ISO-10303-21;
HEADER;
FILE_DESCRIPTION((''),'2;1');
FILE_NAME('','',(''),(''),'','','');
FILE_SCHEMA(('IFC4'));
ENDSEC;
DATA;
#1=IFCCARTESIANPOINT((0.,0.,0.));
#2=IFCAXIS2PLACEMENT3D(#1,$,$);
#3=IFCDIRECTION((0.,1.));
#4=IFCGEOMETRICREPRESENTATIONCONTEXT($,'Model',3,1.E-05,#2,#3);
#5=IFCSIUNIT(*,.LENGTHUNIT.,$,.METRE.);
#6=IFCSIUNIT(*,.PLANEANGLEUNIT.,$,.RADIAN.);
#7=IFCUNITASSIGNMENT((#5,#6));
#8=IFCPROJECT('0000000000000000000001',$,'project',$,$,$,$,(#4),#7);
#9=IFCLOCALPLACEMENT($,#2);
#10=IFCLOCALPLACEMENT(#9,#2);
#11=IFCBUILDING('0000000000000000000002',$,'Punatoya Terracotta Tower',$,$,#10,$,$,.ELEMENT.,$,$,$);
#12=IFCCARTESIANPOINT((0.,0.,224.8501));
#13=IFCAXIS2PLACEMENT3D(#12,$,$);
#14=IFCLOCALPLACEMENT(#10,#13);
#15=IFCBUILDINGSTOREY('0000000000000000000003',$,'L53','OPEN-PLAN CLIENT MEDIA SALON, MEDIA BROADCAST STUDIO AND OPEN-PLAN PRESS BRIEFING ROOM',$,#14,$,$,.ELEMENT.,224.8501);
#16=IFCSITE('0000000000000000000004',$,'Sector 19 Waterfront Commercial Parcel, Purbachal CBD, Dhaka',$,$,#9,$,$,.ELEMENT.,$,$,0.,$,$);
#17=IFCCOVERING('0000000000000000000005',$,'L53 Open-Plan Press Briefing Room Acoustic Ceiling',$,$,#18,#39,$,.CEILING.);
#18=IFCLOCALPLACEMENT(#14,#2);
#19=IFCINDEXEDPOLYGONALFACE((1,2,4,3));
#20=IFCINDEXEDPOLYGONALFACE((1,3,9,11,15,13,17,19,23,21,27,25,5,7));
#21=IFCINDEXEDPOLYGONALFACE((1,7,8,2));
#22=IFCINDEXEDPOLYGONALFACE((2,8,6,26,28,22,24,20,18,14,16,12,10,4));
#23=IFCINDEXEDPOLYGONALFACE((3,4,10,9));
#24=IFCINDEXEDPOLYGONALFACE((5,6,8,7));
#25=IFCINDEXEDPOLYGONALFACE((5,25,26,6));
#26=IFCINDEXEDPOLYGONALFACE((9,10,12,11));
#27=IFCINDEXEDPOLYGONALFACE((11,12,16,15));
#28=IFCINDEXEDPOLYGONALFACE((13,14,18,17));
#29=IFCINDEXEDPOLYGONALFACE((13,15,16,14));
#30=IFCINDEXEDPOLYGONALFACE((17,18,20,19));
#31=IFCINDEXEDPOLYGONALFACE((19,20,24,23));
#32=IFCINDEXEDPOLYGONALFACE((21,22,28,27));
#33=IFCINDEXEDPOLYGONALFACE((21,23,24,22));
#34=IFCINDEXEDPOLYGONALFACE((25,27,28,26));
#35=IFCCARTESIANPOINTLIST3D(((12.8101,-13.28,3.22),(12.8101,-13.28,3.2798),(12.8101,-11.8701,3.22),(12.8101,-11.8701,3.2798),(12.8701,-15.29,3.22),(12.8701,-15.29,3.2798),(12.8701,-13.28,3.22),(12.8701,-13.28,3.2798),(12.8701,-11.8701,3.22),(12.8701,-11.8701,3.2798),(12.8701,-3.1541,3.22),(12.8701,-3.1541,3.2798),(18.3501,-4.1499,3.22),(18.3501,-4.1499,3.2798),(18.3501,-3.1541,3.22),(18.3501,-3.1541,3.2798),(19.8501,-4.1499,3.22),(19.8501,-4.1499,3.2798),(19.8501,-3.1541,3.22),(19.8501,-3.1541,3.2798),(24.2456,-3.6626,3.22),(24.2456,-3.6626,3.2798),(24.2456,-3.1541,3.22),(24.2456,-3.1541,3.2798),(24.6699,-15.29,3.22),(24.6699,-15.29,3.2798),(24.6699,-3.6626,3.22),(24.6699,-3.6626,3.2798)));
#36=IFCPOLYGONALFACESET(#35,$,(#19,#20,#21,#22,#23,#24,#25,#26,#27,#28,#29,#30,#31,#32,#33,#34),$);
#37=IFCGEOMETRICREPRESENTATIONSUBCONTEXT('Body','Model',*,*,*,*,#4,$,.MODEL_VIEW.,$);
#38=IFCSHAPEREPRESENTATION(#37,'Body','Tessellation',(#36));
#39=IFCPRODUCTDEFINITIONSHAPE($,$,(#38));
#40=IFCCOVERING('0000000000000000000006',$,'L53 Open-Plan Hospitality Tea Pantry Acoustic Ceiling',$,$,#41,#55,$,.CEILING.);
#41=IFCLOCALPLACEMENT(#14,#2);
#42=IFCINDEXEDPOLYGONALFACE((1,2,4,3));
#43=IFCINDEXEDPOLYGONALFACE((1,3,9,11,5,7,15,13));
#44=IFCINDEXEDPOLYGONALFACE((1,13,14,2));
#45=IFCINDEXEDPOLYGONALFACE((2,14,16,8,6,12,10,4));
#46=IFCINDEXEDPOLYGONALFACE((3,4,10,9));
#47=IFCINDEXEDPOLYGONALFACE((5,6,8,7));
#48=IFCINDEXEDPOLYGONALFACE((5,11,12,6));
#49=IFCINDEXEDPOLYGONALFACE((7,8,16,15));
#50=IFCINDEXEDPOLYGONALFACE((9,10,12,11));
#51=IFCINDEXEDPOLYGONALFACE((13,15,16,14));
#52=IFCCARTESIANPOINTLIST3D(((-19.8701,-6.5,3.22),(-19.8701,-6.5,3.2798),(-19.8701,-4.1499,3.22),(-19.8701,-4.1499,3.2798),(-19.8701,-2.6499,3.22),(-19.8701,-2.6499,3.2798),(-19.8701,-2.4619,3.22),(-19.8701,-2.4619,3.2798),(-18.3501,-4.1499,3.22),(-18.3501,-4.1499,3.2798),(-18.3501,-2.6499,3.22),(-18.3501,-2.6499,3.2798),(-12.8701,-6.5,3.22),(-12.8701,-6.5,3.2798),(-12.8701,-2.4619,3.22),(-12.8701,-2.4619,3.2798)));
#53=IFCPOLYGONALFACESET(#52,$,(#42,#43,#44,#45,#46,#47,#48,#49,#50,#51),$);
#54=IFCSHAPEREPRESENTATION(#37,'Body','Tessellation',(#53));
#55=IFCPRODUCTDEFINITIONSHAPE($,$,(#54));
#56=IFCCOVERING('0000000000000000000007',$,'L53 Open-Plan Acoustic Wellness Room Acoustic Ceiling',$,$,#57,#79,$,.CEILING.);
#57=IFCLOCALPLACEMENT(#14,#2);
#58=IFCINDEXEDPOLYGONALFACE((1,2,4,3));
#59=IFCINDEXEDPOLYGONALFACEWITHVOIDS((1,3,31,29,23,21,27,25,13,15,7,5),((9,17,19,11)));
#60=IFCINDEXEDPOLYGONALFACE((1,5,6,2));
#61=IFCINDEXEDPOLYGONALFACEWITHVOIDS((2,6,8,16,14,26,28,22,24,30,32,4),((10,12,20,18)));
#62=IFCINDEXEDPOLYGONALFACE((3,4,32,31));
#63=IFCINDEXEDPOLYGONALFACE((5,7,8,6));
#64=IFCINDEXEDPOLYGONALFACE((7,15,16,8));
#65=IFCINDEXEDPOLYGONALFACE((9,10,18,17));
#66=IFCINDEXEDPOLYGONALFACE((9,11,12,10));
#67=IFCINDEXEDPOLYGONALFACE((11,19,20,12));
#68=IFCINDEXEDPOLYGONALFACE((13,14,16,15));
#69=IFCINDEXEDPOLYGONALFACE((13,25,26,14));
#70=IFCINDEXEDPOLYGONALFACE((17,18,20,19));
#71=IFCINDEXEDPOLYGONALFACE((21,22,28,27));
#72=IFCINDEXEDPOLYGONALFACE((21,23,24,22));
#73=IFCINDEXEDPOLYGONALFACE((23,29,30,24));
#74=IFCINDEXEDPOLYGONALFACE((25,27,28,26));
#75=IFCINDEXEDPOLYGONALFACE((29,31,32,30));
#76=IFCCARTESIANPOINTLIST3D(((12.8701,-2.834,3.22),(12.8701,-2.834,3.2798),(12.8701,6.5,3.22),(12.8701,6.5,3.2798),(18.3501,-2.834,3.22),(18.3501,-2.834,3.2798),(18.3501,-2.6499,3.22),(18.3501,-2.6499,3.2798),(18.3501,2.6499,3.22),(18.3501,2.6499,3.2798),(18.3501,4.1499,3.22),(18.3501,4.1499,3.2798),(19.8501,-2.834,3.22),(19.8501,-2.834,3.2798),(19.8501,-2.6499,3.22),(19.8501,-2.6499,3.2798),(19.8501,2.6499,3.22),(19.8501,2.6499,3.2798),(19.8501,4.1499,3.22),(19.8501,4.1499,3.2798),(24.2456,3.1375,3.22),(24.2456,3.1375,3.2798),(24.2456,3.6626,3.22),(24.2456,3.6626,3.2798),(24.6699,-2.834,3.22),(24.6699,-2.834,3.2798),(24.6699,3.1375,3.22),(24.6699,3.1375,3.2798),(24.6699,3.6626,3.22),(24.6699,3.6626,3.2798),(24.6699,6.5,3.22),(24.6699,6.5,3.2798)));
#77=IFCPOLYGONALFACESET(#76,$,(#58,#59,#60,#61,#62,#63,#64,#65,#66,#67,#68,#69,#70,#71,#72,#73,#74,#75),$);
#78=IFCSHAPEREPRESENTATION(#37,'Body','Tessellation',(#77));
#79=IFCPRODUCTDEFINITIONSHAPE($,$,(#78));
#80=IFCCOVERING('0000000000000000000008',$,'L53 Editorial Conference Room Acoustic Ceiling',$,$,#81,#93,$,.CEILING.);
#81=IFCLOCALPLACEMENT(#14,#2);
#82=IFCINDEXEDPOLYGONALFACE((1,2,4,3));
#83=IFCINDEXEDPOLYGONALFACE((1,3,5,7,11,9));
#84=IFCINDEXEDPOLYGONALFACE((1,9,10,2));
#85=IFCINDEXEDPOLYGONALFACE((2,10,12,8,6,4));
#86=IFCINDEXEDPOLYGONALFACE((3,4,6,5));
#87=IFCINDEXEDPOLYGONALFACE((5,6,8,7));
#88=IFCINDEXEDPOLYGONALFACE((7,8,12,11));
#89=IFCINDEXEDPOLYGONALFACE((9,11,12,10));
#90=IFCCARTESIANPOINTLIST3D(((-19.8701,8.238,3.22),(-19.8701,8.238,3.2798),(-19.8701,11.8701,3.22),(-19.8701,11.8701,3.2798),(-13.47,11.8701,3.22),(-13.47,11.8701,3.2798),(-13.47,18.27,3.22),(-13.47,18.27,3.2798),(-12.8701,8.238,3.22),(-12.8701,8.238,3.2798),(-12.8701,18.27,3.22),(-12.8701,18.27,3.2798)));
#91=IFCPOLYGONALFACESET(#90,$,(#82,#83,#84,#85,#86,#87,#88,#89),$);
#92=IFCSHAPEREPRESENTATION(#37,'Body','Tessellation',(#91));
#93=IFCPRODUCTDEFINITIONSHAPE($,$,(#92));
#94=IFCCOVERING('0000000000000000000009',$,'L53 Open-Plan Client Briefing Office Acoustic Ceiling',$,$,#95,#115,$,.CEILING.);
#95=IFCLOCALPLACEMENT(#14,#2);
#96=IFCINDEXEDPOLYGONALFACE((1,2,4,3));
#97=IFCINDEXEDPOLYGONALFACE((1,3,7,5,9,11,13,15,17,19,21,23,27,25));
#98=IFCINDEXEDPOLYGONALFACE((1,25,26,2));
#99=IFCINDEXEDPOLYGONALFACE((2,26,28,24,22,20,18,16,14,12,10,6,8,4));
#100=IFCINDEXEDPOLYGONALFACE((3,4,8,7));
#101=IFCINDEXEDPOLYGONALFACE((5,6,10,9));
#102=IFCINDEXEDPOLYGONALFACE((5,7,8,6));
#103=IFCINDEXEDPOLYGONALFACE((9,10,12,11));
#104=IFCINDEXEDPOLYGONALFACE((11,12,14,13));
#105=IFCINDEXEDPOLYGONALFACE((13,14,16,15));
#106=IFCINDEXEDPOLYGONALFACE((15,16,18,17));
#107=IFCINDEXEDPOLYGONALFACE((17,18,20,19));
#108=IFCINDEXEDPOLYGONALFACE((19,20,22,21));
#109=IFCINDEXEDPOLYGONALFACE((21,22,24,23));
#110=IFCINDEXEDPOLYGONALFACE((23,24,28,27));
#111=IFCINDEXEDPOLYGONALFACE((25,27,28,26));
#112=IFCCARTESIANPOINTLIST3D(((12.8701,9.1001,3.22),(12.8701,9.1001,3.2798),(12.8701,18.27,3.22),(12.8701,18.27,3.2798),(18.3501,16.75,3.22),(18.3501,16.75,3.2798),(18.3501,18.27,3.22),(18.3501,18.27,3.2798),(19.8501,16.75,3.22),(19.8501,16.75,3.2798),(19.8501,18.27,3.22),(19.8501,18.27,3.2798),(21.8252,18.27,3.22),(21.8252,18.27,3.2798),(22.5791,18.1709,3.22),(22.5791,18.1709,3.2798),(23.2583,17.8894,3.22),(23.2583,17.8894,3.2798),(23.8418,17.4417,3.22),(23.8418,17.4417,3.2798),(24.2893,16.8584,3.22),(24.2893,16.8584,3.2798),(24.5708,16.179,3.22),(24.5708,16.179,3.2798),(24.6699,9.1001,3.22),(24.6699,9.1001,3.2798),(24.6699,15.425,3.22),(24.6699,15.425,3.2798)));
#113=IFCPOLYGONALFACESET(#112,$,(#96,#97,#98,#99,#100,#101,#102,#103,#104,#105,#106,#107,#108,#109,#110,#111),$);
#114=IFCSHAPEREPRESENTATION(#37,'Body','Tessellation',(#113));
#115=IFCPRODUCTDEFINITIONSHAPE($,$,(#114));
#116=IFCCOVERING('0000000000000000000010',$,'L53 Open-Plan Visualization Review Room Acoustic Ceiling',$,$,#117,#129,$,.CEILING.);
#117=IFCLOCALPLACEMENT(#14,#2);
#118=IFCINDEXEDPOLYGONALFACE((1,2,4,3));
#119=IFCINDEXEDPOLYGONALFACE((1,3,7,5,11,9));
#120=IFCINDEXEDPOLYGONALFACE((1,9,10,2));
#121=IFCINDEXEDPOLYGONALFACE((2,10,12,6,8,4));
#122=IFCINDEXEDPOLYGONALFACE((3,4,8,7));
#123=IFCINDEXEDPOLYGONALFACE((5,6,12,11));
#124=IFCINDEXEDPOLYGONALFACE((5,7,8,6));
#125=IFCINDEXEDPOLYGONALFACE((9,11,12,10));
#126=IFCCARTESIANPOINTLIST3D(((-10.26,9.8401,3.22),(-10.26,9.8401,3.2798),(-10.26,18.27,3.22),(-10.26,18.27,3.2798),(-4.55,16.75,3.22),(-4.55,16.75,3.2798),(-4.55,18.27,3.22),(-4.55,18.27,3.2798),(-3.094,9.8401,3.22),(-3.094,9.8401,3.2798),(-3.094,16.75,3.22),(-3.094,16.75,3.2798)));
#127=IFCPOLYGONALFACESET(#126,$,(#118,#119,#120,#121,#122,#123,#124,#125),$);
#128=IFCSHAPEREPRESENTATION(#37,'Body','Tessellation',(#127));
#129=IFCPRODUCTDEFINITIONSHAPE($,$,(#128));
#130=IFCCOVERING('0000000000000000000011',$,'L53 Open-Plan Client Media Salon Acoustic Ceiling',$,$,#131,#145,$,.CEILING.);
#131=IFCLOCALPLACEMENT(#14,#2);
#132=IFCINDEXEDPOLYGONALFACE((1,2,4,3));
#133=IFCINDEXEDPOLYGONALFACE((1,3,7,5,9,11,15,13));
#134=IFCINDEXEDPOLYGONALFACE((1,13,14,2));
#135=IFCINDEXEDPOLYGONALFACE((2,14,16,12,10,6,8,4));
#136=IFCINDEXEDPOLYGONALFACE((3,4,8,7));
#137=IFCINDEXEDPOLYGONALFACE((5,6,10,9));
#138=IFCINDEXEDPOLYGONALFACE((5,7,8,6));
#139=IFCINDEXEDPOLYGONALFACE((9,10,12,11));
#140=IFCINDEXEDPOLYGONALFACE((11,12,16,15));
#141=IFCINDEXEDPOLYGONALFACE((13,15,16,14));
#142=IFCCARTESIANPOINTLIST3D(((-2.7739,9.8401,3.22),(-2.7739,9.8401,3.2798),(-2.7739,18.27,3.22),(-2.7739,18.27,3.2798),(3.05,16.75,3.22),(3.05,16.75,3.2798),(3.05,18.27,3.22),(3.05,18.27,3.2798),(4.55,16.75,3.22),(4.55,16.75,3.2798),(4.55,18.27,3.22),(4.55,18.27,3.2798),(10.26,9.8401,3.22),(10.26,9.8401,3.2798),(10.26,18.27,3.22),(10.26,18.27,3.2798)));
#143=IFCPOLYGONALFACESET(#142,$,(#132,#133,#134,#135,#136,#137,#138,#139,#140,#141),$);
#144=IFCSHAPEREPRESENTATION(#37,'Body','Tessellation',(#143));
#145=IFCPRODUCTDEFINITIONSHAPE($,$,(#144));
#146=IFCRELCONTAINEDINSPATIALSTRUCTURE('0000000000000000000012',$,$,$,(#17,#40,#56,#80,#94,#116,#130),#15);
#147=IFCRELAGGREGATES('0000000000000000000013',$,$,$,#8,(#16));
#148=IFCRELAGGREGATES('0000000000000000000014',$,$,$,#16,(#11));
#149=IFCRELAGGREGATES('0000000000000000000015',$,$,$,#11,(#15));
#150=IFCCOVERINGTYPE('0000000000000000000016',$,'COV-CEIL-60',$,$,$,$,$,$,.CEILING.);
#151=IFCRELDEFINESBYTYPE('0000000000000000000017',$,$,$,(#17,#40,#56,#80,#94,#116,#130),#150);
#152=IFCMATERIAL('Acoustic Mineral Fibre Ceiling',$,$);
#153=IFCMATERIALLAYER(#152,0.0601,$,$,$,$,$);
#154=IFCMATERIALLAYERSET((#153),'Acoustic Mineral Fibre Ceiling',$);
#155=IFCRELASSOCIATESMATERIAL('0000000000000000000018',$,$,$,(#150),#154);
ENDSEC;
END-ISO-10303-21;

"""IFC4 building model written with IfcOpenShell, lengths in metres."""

from ifc_helpers import new_model, si_unit, direction, frame, origin, place, context, subcontext, project, spatial, polyline, outline, extrude, material, layer, layer_set, type_object, element, save


model = new_model("IFC4")

# Units and contexts
model_context = context("Model", 3, precision=1e-05, world=origin(), true_north=direction((0.0, 1.0)))
body_context = subcontext(model_context, "Body", "Model", "MODEL_VIEW")
ifc_project = project(units=[si_unit("LENGTHUNIT", "METRE"), si_unit("PLANEANGLEUNIT", "RADIAN")], contexts=[model_context])

# Site, building, storey
site_placement = place(None, origin())
site = spatial("IfcSite", under=ifc_project, at=site_placement, Name="Sector 19 Waterfront Commercial Parcel, Purbachal CBD, Dhaka", CompositionType="ELEMENT", RefElevation=0.0)
building_placement = place(site_placement, origin())
building = spatial("IfcBuilding", under=site, at=building_placement, Name="Punatoya Terracotta Tower", CompositionType="ELEMENT")
storey_placement = place(building_placement, frame((0.0, 0.0, 224.8501)))
storey = spatial("IfcBuildingStorey", under=building, at=storey_placement, Name="L53", Description="OPEN-PLAN CLIENT MEDIA SALON, MEDIA BROADCAST STUDIO AND OPEN-PLAN PRESS BRIEFING ROOM", CompositionType="ELEMENT", Elevation=224.8501)

# Coverings
ifc_material_1 = material(Name="Acoustic Mineral Fibre Ceiling")
ifc_layer_1 = layer(ifc_material_1, 0.0601)
ifc_layer_set_1 = layer_set([ifc_layer_1], Name="Acoustic Mineral Fibre Ceiling")
covering_type = type_object("IfcCoveringType", Name="COV-CEIL-60", PredefinedType="CEILING", material=ifc_layer_set_1)
covering_1_placement = place(storey_placement, frame((0.0, 0.0, 3.22)))
element("IfcCovering", 1, at=covering_1_placement, inside=storey, type_object=covering_type, Name="L53 Open-Plan Press Briefing Room Acoustic Ceiling", PredefinedType="CEILING", context=body_context, shape_type="SweptSolid", body=[
    extrude(outline(polyline([(12.8101, -13.28), (12.8701, -13.28), (12.8701, -15.29), (24.6699, -15.29), (24.6699, -3.6626), (24.2456, -3.6626), (24.2456, -3.1541), (19.8501, -3.1541), (19.8501, -4.1499), (18.3501, -4.1499), (18.3501, -3.1541), (12.8701, -3.1541), (12.8701, -11.8701), (12.8101, -11.8701), (12.8101, -13.28)])), origin(), (0.0, 0.0, 1.0), 0.0598),
])
covering_2_placement = place(storey_placement, frame((0.0, 0.0, 3.22)))
element("IfcCovering", 2, at=covering_2_placement, inside=storey, type_object=covering_type, Name="L53 Open-Plan Hospitality Tea Pantry Acoustic Ceiling", PredefinedType="CEILING", context=body_context, shape_type="SweptSolid", body=[
    extrude(outline(polyline([(-19.8701, -4.1499), (-19.8701, -6.5), (-12.8701, -6.5), (-12.8701, -2.4619), (-19.8701, -2.4619), (-19.8701, -2.6499), (-18.3501, -2.6499), (-18.3501, -4.1499), (-19.8701, -4.1499)])), origin(), (0.0, 0.0, 1.0), 0.0598),
])
covering_3_placement = place(storey_placement, frame((0.0, 0.0, 3.22)))
element("IfcCovering", 3, at=covering_3_placement, inside=storey, type_object=covering_type, Name="L53 Open-Plan Acoustic Wellness Room Acoustic Ceiling", PredefinedType="CEILING", context=body_context, shape_type="SweptSolid", body=[
    extrude(outline(polyline([(18.3501, -2.834), (18.3501, -2.6499), (19.8501, -2.6499), (19.8501, -2.834), (24.6699, -2.834), (24.6699, 3.1375), (24.2456, 3.1375), (24.2456, 3.6626), (24.6699, 3.6626), (24.6699, 6.5), (12.8701, 6.5), (12.8701, -2.834), (18.3501, -2.834)]), holes=[polyline([(19.8501, 2.6499), (18.3501, 2.6499), (18.3501, 4.1499), (19.8501, 4.1499), (19.8501, 2.6499)])]), origin(), (0.0, 0.0, 1.0), 0.0598),
])
covering_4_placement = place(storey_placement, frame((0.0, 0.0, 3.22)))
element("IfcCovering", 4, at=covering_4_placement, inside=storey, type_object=covering_type, Name="L53 Editorial Conference Room Acoustic Ceiling", PredefinedType="CEILING", context=body_context, shape_type="SweptSolid", body=[
    extrude(outline(polyline([(-13.47, 11.8701), (-19.8701, 11.8701), (-19.8701, 8.238), (-12.8701, 8.238), (-12.8701, 18.27), (-13.47, 18.27), (-13.47, 11.8701)])), origin(), (0.0, 0.0, 1.0), 0.0598),
])
covering_5_placement = place(storey_placement, frame((0.0, 0.0, 3.22)))
element("IfcCovering", 5, at=covering_5_placement, inside=storey, type_object=covering_type, Name="L53 Open-Plan Client Briefing Office Acoustic Ceiling", PredefinedType="CEILING", context=body_context, shape_type="SweptSolid", body=[
    extrude(outline(polyline([(12.8701, 18.27), (12.8701, 9.1001), (24.6699, 9.1001), (24.6699, 15.425), (24.5708, 16.179), (24.2893, 16.8584), (23.8418, 17.4417), (23.2583, 17.8894), (22.5791, 18.1709), (21.8252, 18.27), (19.8501, 18.27), (19.8501, 16.75), (18.3501, 16.75), (18.3501, 18.27), (12.8701, 18.27)])), origin(), (0.0, 0.0, 1.0), 0.0598),
])
covering_6_placement = place(storey_placement, frame((0.0, 0.0, 3.22)))
element("IfcCovering", 6, at=covering_6_placement, inside=storey, type_object=covering_type, Name="L53 Open-Plan Visualization Review Room Acoustic Ceiling", PredefinedType="CEILING", context=body_context, shape_type="SweptSolid", body=[
    extrude(outline(polyline([(-4.55, 18.27), (-10.26, 18.27), (-10.26, 9.8401), (-3.094, 9.8401), (-3.094, 16.75), (-4.55, 16.75), (-4.55, 18.27)])), origin(), (0.0, 0.0, 1.0), 0.0598),
])
covering_7_placement = place(storey_placement, frame((0.0, 0.0, 3.22)))
element("IfcCovering", 7, at=covering_7_placement, inside=storey, type_object=covering_type, Name="L53 Open-Plan Client Media Salon Acoustic Ceiling", PredefinedType="CEILING", context=body_context, shape_type="SweptSolid", body=[
    extrude(outline(polyline([(-2.7739, 18.27), (-2.7739, 9.8401), (10.26, 9.8401), (10.26, 18.27), (4.55, 18.27), (4.55, 16.75), (3.05, 16.75), (3.05, 18.27), (-2.7739, 18.27)])), origin(), (0.0, 0.0, 1.0), 0.0598),
])

save(model, "model.ifc")
